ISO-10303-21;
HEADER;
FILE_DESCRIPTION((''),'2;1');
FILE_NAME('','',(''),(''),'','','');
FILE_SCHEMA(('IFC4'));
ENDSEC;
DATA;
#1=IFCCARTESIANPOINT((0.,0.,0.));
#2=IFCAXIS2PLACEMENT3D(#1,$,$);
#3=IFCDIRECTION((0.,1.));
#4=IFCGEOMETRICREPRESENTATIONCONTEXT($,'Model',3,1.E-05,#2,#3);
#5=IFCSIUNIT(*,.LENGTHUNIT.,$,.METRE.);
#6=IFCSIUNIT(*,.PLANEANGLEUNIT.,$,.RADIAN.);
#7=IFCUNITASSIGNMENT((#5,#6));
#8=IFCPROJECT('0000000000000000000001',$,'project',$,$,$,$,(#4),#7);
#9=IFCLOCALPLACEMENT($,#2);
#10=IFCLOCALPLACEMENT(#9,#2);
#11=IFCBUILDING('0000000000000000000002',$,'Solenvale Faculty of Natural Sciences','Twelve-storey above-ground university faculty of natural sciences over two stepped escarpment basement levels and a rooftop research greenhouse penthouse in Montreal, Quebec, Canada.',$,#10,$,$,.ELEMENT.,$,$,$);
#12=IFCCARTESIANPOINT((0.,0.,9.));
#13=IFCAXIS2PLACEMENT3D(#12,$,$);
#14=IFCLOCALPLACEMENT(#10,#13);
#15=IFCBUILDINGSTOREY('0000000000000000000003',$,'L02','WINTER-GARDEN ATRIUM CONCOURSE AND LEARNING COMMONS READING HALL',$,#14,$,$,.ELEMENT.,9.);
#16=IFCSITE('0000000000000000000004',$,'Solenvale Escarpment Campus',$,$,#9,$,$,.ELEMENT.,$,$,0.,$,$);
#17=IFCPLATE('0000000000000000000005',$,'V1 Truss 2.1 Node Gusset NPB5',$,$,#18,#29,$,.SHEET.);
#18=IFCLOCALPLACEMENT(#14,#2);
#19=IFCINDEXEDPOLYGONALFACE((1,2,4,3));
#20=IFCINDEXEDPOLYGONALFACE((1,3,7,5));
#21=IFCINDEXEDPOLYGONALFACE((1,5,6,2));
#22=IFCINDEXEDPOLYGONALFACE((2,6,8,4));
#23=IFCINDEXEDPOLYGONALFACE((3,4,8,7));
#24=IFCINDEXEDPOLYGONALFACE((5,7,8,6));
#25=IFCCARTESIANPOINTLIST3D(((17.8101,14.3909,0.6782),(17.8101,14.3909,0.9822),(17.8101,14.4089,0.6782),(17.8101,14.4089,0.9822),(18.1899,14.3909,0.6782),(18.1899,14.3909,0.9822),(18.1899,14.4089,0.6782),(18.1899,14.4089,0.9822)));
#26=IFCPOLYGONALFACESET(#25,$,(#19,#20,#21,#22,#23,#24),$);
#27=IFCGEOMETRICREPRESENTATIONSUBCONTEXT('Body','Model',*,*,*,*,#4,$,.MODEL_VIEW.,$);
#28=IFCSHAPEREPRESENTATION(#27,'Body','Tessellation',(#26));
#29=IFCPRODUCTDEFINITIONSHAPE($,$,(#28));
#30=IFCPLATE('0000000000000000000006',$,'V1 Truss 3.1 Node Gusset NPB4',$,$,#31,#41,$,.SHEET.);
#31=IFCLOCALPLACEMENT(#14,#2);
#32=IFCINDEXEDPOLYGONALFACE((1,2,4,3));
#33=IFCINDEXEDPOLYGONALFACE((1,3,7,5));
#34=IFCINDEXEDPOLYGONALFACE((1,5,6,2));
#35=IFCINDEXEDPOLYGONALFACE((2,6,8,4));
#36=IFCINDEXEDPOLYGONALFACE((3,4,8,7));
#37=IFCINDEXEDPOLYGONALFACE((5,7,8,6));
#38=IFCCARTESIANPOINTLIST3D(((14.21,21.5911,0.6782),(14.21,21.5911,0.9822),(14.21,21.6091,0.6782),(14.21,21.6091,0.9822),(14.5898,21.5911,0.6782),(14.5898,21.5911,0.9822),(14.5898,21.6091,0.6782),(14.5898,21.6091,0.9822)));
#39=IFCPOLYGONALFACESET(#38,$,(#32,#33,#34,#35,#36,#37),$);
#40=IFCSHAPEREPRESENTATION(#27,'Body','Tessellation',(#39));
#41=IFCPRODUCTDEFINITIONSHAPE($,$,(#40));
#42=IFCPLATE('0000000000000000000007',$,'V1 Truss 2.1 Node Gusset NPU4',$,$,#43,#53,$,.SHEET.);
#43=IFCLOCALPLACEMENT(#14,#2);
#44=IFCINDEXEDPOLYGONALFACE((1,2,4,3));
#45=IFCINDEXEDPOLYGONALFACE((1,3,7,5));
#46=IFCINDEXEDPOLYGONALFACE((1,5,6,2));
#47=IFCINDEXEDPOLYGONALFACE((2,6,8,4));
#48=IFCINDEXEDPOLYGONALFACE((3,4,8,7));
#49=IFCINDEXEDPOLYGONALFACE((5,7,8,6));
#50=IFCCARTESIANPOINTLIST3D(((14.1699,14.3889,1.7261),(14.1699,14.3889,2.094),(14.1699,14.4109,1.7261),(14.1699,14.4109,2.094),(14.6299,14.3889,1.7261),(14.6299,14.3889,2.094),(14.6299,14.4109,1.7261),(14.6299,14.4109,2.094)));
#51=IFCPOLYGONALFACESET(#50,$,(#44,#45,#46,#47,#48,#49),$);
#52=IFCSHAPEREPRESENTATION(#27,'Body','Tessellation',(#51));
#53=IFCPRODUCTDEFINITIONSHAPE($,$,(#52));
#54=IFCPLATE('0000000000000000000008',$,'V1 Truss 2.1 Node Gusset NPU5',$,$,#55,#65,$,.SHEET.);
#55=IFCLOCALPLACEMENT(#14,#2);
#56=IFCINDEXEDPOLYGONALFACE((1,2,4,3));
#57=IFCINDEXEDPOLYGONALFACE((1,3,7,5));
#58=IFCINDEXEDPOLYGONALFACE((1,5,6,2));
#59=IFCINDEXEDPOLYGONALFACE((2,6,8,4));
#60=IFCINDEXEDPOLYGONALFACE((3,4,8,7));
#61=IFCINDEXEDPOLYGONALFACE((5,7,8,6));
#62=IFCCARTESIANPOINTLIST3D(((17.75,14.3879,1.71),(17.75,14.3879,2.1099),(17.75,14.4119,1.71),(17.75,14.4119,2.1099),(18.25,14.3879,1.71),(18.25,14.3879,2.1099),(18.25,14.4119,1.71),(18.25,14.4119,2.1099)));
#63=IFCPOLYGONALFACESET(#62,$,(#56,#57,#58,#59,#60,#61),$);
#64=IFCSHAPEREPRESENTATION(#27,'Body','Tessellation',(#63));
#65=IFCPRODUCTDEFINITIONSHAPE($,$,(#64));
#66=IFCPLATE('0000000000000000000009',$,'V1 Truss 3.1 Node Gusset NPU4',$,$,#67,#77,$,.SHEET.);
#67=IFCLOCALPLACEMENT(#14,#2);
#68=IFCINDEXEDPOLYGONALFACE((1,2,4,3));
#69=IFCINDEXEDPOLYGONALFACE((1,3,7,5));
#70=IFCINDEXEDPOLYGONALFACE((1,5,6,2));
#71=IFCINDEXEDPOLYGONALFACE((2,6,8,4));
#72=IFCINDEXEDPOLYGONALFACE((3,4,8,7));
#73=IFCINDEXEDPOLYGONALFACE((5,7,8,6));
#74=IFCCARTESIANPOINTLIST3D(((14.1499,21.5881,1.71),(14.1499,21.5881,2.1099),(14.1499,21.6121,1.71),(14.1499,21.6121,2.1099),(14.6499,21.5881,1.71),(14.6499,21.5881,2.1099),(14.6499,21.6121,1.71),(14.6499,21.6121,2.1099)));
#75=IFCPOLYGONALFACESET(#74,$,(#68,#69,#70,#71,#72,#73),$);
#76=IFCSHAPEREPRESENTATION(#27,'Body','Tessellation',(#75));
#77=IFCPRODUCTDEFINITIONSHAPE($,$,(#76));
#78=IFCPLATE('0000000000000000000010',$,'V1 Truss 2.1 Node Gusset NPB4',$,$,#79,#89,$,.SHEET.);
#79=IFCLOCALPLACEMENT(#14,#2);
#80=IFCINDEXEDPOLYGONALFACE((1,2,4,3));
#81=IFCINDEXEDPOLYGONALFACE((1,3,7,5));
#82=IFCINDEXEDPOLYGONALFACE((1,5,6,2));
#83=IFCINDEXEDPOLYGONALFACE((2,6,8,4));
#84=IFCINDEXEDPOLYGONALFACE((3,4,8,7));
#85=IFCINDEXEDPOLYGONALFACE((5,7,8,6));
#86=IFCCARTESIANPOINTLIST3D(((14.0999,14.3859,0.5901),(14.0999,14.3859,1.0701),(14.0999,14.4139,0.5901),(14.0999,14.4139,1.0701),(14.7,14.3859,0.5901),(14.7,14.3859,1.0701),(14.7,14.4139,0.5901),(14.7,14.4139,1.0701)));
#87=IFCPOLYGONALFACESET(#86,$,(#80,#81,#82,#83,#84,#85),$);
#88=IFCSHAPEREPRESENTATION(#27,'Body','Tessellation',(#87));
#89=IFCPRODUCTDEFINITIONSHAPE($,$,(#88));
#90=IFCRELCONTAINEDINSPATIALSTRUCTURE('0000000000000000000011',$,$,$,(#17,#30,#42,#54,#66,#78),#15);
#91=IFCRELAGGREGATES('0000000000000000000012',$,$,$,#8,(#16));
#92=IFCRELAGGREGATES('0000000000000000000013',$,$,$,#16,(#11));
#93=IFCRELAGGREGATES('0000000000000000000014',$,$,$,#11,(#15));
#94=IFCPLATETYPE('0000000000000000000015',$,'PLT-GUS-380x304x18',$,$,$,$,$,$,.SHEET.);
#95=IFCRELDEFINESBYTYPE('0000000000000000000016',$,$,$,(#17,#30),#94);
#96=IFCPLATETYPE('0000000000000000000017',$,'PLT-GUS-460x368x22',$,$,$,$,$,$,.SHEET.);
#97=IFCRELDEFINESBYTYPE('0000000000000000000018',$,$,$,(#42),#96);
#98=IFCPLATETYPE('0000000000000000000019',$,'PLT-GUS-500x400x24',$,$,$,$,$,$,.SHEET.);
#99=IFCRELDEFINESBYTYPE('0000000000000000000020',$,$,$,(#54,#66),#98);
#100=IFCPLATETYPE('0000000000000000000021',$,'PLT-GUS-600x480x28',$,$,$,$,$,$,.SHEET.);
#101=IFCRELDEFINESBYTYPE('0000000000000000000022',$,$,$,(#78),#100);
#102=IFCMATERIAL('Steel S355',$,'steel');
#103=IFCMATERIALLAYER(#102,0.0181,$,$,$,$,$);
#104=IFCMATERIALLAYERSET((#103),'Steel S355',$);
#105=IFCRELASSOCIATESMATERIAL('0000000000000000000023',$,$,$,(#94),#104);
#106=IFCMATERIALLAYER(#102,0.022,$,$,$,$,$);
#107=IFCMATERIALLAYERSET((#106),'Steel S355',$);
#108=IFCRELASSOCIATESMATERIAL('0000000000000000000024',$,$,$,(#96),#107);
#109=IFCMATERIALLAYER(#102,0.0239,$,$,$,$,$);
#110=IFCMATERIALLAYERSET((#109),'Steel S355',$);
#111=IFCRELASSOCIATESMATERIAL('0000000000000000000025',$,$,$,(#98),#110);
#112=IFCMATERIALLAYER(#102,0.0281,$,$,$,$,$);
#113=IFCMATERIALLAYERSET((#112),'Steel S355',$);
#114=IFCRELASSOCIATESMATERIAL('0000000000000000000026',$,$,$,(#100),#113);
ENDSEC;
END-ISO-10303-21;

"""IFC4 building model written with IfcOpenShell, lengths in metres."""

from ifc_helpers import new_model, si_unit, direction, frame, origin, origin_2d, place, context, subcontext, project, spatial, rectangle, extrude, material, layer, layer_set, type_object, element, save


model = new_model("IFC4")

# Units and contexts
model_context = context("Model", 3, precision=1e-05, world=origin(), true_north=direction((0.0, 1.0)))
body_context = subcontext(model_context, "Body", "Model", "MODEL_VIEW")
ifc_project = project(units=[si_unit("LENGTHUNIT", "METRE"), si_unit("PLANEANGLEUNIT", "RADIAN")], contexts=[model_context])

# Site, building, storey
site_placement = place(None, origin())
site = spatial("IfcSite", under=ifc_project, at=site_placement, Name="Solenvale Escarpment Campus", CompositionType="ELEMENT", RefElevation=0.0)
building_placement = place(site_placement, origin())
building = spatial("IfcBuilding", under=site, at=building_placement, Name="Solenvale Faculty of Natural Sciences", Description="Twelve-storey above-ground university faculty of natural sciences over two stepped escarpment basement levels and a rooftop research greenhouse penthouse in Montreal, Quebec, Canada.", CompositionType="ELEMENT")
storey_placement = place(building_placement, frame((0.0, 0.0, 9.0)))
storey = spatial("IfcBuildingStorey", under=building, at=storey_placement, Name="L02", Description="WINTER-GARDEN ATRIUM CONCOURSE AND LEARNING COMMONS READING HALL", CompositionType="ELEMENT", Elevation=9.0)

# Shared definitions
ifc_material_1 = material(Name="Steel S355", Category="steel")

# Plates
ifc_layer_1 = layer(ifc_material_1, 0.0181)
ifc_layer_set_1 = layer_set([ifc_layer_1], Name="Steel S355")
plate_type_1 = type_object("IfcPlateType", Name="PLT-GUS-380x304x18", PredefinedType="SHEET", material=ifc_layer_set_1)
for number, where, z_axis, x_axis, name in (
    (1, (18.0, 14.3999, 0.6782), (0.0, 0.0, 1.0), (1.0, 0.0, 0.0), "V1 Truss 2.1 Node Gusset NPB5"),
    (2, (14.3999, 21.6001, 0.6782), (0.0, 0.0, 1.0), (1.0, 0.0, 0.0), "V1 Truss 3.1 Node Gusset NPB4"),
):
    element("IfcPlate", number, at=place(storey_placement, frame(where, z_axis=z_axis, x_axis=x_axis)), inside=storey, type_object=plate_type_1, Name=name, PredefinedType="SHEET", context=body_context, shape_type="SweptSolid", body=[
        extrude(rectangle(XDim=0.3799, YDim=0.0181, at=origin_2d()), origin(), (0.0, 0.0, 1.0), 0.304),
    ])
ifc_layer_2 = layer(ifc_material_1, 0.022)
ifc_layer_set_2 = layer_set([ifc_layer_2], Name="Steel S355")
plate_type_2 = type_object("IfcPlateType", Name="PLT-GUS-460x368x22", PredefinedType="SHEET", material=ifc_layer_set_2)
plate_1_placement = place(storey_placement, frame((14.3999, 14.3999, 1.7261), z_axis=(0.0, 0.0, 1.0), x_axis=(1.0, 0.0, 0.0)))
element("IfcPlate", 3, at=plate_1_placement, inside=storey, type_object=plate_type_2, Name="V1 Truss 2.1 Node Gusset NPU4", PredefinedType="SHEET", context=body_context, shape_type="SweptSolid", body=[
    extrude(rectangle(XDim=0.46, YDim=0.022, at=origin_2d()), origin(), (0.0, 0.0, 1.0), 0.3679),
])
ifc_layer_3 = layer(ifc_material_1, 0.0239)
ifc_layer_set_3 = layer_set([ifc_layer_3], Name="Steel S355")
plate_type_3 = type_object("IfcPlateType", Name="PLT-GUS-500x400x24", PredefinedType="SHEET", material=ifc_layer_set_3)
for number, where, z_axis, x_axis, name in (
    (4, (18.0, 14.3999, 1.71), (0.0, 0.0, 1.0), (1.0, 0.0, 0.0), "V1 Truss 2.1 Node Gusset NPU5"),
    (5, (14.3999, 21.6001, 1.71), (0.0, 0.0, 1.0), (1.0, 0.0, 0.0), "V1 Truss 3.1 Node Gusset NPU4"),
):
    element("IfcPlate", number, at=place(storey_placement, frame(where, z_axis=z_axis, x_axis=x_axis)), inside=storey, type_object=plate_type_3, Name=name, PredefinedType="SHEET", context=body_context, shape_type="SweptSolid", body=[
        extrude(rectangle(XDim=0.5, YDim=0.0239, at=origin_2d()), origin(), (0.0, 0.0, 1.0), 0.3999),
    ])
ifc_layer_4 = layer(ifc_material_1, 0.0281)
ifc_layer_set_4 = layer_set([ifc_layer_4], Name="Steel S355")
plate_type_4 = type_object("IfcPlateType", Name="PLT-GUS-600x480x28", PredefinedType="SHEET", material=ifc_layer_set_4)
plate_2_placement = place(storey_placement, frame((14.3999, 14.3999, 0.5901), z_axis=(0.0, 0.0, 1.0), x_axis=(1.0, 0.0, 0.0)))
element("IfcPlate", 6, at=plate_2_placement, inside=storey, type_object=plate_type_4, Name="V1 Truss 2.1 Node Gusset NPB4", PredefinedType="SHEET", context=body_context, shape_type="SweptSolid", body=[
    extrude(rectangle(XDim=0.6001, YDim=0.0281, at=origin_2d()), origin(), (0.0, 0.0, 1.0), 0.48),
])

save(model, "model.ifc")
